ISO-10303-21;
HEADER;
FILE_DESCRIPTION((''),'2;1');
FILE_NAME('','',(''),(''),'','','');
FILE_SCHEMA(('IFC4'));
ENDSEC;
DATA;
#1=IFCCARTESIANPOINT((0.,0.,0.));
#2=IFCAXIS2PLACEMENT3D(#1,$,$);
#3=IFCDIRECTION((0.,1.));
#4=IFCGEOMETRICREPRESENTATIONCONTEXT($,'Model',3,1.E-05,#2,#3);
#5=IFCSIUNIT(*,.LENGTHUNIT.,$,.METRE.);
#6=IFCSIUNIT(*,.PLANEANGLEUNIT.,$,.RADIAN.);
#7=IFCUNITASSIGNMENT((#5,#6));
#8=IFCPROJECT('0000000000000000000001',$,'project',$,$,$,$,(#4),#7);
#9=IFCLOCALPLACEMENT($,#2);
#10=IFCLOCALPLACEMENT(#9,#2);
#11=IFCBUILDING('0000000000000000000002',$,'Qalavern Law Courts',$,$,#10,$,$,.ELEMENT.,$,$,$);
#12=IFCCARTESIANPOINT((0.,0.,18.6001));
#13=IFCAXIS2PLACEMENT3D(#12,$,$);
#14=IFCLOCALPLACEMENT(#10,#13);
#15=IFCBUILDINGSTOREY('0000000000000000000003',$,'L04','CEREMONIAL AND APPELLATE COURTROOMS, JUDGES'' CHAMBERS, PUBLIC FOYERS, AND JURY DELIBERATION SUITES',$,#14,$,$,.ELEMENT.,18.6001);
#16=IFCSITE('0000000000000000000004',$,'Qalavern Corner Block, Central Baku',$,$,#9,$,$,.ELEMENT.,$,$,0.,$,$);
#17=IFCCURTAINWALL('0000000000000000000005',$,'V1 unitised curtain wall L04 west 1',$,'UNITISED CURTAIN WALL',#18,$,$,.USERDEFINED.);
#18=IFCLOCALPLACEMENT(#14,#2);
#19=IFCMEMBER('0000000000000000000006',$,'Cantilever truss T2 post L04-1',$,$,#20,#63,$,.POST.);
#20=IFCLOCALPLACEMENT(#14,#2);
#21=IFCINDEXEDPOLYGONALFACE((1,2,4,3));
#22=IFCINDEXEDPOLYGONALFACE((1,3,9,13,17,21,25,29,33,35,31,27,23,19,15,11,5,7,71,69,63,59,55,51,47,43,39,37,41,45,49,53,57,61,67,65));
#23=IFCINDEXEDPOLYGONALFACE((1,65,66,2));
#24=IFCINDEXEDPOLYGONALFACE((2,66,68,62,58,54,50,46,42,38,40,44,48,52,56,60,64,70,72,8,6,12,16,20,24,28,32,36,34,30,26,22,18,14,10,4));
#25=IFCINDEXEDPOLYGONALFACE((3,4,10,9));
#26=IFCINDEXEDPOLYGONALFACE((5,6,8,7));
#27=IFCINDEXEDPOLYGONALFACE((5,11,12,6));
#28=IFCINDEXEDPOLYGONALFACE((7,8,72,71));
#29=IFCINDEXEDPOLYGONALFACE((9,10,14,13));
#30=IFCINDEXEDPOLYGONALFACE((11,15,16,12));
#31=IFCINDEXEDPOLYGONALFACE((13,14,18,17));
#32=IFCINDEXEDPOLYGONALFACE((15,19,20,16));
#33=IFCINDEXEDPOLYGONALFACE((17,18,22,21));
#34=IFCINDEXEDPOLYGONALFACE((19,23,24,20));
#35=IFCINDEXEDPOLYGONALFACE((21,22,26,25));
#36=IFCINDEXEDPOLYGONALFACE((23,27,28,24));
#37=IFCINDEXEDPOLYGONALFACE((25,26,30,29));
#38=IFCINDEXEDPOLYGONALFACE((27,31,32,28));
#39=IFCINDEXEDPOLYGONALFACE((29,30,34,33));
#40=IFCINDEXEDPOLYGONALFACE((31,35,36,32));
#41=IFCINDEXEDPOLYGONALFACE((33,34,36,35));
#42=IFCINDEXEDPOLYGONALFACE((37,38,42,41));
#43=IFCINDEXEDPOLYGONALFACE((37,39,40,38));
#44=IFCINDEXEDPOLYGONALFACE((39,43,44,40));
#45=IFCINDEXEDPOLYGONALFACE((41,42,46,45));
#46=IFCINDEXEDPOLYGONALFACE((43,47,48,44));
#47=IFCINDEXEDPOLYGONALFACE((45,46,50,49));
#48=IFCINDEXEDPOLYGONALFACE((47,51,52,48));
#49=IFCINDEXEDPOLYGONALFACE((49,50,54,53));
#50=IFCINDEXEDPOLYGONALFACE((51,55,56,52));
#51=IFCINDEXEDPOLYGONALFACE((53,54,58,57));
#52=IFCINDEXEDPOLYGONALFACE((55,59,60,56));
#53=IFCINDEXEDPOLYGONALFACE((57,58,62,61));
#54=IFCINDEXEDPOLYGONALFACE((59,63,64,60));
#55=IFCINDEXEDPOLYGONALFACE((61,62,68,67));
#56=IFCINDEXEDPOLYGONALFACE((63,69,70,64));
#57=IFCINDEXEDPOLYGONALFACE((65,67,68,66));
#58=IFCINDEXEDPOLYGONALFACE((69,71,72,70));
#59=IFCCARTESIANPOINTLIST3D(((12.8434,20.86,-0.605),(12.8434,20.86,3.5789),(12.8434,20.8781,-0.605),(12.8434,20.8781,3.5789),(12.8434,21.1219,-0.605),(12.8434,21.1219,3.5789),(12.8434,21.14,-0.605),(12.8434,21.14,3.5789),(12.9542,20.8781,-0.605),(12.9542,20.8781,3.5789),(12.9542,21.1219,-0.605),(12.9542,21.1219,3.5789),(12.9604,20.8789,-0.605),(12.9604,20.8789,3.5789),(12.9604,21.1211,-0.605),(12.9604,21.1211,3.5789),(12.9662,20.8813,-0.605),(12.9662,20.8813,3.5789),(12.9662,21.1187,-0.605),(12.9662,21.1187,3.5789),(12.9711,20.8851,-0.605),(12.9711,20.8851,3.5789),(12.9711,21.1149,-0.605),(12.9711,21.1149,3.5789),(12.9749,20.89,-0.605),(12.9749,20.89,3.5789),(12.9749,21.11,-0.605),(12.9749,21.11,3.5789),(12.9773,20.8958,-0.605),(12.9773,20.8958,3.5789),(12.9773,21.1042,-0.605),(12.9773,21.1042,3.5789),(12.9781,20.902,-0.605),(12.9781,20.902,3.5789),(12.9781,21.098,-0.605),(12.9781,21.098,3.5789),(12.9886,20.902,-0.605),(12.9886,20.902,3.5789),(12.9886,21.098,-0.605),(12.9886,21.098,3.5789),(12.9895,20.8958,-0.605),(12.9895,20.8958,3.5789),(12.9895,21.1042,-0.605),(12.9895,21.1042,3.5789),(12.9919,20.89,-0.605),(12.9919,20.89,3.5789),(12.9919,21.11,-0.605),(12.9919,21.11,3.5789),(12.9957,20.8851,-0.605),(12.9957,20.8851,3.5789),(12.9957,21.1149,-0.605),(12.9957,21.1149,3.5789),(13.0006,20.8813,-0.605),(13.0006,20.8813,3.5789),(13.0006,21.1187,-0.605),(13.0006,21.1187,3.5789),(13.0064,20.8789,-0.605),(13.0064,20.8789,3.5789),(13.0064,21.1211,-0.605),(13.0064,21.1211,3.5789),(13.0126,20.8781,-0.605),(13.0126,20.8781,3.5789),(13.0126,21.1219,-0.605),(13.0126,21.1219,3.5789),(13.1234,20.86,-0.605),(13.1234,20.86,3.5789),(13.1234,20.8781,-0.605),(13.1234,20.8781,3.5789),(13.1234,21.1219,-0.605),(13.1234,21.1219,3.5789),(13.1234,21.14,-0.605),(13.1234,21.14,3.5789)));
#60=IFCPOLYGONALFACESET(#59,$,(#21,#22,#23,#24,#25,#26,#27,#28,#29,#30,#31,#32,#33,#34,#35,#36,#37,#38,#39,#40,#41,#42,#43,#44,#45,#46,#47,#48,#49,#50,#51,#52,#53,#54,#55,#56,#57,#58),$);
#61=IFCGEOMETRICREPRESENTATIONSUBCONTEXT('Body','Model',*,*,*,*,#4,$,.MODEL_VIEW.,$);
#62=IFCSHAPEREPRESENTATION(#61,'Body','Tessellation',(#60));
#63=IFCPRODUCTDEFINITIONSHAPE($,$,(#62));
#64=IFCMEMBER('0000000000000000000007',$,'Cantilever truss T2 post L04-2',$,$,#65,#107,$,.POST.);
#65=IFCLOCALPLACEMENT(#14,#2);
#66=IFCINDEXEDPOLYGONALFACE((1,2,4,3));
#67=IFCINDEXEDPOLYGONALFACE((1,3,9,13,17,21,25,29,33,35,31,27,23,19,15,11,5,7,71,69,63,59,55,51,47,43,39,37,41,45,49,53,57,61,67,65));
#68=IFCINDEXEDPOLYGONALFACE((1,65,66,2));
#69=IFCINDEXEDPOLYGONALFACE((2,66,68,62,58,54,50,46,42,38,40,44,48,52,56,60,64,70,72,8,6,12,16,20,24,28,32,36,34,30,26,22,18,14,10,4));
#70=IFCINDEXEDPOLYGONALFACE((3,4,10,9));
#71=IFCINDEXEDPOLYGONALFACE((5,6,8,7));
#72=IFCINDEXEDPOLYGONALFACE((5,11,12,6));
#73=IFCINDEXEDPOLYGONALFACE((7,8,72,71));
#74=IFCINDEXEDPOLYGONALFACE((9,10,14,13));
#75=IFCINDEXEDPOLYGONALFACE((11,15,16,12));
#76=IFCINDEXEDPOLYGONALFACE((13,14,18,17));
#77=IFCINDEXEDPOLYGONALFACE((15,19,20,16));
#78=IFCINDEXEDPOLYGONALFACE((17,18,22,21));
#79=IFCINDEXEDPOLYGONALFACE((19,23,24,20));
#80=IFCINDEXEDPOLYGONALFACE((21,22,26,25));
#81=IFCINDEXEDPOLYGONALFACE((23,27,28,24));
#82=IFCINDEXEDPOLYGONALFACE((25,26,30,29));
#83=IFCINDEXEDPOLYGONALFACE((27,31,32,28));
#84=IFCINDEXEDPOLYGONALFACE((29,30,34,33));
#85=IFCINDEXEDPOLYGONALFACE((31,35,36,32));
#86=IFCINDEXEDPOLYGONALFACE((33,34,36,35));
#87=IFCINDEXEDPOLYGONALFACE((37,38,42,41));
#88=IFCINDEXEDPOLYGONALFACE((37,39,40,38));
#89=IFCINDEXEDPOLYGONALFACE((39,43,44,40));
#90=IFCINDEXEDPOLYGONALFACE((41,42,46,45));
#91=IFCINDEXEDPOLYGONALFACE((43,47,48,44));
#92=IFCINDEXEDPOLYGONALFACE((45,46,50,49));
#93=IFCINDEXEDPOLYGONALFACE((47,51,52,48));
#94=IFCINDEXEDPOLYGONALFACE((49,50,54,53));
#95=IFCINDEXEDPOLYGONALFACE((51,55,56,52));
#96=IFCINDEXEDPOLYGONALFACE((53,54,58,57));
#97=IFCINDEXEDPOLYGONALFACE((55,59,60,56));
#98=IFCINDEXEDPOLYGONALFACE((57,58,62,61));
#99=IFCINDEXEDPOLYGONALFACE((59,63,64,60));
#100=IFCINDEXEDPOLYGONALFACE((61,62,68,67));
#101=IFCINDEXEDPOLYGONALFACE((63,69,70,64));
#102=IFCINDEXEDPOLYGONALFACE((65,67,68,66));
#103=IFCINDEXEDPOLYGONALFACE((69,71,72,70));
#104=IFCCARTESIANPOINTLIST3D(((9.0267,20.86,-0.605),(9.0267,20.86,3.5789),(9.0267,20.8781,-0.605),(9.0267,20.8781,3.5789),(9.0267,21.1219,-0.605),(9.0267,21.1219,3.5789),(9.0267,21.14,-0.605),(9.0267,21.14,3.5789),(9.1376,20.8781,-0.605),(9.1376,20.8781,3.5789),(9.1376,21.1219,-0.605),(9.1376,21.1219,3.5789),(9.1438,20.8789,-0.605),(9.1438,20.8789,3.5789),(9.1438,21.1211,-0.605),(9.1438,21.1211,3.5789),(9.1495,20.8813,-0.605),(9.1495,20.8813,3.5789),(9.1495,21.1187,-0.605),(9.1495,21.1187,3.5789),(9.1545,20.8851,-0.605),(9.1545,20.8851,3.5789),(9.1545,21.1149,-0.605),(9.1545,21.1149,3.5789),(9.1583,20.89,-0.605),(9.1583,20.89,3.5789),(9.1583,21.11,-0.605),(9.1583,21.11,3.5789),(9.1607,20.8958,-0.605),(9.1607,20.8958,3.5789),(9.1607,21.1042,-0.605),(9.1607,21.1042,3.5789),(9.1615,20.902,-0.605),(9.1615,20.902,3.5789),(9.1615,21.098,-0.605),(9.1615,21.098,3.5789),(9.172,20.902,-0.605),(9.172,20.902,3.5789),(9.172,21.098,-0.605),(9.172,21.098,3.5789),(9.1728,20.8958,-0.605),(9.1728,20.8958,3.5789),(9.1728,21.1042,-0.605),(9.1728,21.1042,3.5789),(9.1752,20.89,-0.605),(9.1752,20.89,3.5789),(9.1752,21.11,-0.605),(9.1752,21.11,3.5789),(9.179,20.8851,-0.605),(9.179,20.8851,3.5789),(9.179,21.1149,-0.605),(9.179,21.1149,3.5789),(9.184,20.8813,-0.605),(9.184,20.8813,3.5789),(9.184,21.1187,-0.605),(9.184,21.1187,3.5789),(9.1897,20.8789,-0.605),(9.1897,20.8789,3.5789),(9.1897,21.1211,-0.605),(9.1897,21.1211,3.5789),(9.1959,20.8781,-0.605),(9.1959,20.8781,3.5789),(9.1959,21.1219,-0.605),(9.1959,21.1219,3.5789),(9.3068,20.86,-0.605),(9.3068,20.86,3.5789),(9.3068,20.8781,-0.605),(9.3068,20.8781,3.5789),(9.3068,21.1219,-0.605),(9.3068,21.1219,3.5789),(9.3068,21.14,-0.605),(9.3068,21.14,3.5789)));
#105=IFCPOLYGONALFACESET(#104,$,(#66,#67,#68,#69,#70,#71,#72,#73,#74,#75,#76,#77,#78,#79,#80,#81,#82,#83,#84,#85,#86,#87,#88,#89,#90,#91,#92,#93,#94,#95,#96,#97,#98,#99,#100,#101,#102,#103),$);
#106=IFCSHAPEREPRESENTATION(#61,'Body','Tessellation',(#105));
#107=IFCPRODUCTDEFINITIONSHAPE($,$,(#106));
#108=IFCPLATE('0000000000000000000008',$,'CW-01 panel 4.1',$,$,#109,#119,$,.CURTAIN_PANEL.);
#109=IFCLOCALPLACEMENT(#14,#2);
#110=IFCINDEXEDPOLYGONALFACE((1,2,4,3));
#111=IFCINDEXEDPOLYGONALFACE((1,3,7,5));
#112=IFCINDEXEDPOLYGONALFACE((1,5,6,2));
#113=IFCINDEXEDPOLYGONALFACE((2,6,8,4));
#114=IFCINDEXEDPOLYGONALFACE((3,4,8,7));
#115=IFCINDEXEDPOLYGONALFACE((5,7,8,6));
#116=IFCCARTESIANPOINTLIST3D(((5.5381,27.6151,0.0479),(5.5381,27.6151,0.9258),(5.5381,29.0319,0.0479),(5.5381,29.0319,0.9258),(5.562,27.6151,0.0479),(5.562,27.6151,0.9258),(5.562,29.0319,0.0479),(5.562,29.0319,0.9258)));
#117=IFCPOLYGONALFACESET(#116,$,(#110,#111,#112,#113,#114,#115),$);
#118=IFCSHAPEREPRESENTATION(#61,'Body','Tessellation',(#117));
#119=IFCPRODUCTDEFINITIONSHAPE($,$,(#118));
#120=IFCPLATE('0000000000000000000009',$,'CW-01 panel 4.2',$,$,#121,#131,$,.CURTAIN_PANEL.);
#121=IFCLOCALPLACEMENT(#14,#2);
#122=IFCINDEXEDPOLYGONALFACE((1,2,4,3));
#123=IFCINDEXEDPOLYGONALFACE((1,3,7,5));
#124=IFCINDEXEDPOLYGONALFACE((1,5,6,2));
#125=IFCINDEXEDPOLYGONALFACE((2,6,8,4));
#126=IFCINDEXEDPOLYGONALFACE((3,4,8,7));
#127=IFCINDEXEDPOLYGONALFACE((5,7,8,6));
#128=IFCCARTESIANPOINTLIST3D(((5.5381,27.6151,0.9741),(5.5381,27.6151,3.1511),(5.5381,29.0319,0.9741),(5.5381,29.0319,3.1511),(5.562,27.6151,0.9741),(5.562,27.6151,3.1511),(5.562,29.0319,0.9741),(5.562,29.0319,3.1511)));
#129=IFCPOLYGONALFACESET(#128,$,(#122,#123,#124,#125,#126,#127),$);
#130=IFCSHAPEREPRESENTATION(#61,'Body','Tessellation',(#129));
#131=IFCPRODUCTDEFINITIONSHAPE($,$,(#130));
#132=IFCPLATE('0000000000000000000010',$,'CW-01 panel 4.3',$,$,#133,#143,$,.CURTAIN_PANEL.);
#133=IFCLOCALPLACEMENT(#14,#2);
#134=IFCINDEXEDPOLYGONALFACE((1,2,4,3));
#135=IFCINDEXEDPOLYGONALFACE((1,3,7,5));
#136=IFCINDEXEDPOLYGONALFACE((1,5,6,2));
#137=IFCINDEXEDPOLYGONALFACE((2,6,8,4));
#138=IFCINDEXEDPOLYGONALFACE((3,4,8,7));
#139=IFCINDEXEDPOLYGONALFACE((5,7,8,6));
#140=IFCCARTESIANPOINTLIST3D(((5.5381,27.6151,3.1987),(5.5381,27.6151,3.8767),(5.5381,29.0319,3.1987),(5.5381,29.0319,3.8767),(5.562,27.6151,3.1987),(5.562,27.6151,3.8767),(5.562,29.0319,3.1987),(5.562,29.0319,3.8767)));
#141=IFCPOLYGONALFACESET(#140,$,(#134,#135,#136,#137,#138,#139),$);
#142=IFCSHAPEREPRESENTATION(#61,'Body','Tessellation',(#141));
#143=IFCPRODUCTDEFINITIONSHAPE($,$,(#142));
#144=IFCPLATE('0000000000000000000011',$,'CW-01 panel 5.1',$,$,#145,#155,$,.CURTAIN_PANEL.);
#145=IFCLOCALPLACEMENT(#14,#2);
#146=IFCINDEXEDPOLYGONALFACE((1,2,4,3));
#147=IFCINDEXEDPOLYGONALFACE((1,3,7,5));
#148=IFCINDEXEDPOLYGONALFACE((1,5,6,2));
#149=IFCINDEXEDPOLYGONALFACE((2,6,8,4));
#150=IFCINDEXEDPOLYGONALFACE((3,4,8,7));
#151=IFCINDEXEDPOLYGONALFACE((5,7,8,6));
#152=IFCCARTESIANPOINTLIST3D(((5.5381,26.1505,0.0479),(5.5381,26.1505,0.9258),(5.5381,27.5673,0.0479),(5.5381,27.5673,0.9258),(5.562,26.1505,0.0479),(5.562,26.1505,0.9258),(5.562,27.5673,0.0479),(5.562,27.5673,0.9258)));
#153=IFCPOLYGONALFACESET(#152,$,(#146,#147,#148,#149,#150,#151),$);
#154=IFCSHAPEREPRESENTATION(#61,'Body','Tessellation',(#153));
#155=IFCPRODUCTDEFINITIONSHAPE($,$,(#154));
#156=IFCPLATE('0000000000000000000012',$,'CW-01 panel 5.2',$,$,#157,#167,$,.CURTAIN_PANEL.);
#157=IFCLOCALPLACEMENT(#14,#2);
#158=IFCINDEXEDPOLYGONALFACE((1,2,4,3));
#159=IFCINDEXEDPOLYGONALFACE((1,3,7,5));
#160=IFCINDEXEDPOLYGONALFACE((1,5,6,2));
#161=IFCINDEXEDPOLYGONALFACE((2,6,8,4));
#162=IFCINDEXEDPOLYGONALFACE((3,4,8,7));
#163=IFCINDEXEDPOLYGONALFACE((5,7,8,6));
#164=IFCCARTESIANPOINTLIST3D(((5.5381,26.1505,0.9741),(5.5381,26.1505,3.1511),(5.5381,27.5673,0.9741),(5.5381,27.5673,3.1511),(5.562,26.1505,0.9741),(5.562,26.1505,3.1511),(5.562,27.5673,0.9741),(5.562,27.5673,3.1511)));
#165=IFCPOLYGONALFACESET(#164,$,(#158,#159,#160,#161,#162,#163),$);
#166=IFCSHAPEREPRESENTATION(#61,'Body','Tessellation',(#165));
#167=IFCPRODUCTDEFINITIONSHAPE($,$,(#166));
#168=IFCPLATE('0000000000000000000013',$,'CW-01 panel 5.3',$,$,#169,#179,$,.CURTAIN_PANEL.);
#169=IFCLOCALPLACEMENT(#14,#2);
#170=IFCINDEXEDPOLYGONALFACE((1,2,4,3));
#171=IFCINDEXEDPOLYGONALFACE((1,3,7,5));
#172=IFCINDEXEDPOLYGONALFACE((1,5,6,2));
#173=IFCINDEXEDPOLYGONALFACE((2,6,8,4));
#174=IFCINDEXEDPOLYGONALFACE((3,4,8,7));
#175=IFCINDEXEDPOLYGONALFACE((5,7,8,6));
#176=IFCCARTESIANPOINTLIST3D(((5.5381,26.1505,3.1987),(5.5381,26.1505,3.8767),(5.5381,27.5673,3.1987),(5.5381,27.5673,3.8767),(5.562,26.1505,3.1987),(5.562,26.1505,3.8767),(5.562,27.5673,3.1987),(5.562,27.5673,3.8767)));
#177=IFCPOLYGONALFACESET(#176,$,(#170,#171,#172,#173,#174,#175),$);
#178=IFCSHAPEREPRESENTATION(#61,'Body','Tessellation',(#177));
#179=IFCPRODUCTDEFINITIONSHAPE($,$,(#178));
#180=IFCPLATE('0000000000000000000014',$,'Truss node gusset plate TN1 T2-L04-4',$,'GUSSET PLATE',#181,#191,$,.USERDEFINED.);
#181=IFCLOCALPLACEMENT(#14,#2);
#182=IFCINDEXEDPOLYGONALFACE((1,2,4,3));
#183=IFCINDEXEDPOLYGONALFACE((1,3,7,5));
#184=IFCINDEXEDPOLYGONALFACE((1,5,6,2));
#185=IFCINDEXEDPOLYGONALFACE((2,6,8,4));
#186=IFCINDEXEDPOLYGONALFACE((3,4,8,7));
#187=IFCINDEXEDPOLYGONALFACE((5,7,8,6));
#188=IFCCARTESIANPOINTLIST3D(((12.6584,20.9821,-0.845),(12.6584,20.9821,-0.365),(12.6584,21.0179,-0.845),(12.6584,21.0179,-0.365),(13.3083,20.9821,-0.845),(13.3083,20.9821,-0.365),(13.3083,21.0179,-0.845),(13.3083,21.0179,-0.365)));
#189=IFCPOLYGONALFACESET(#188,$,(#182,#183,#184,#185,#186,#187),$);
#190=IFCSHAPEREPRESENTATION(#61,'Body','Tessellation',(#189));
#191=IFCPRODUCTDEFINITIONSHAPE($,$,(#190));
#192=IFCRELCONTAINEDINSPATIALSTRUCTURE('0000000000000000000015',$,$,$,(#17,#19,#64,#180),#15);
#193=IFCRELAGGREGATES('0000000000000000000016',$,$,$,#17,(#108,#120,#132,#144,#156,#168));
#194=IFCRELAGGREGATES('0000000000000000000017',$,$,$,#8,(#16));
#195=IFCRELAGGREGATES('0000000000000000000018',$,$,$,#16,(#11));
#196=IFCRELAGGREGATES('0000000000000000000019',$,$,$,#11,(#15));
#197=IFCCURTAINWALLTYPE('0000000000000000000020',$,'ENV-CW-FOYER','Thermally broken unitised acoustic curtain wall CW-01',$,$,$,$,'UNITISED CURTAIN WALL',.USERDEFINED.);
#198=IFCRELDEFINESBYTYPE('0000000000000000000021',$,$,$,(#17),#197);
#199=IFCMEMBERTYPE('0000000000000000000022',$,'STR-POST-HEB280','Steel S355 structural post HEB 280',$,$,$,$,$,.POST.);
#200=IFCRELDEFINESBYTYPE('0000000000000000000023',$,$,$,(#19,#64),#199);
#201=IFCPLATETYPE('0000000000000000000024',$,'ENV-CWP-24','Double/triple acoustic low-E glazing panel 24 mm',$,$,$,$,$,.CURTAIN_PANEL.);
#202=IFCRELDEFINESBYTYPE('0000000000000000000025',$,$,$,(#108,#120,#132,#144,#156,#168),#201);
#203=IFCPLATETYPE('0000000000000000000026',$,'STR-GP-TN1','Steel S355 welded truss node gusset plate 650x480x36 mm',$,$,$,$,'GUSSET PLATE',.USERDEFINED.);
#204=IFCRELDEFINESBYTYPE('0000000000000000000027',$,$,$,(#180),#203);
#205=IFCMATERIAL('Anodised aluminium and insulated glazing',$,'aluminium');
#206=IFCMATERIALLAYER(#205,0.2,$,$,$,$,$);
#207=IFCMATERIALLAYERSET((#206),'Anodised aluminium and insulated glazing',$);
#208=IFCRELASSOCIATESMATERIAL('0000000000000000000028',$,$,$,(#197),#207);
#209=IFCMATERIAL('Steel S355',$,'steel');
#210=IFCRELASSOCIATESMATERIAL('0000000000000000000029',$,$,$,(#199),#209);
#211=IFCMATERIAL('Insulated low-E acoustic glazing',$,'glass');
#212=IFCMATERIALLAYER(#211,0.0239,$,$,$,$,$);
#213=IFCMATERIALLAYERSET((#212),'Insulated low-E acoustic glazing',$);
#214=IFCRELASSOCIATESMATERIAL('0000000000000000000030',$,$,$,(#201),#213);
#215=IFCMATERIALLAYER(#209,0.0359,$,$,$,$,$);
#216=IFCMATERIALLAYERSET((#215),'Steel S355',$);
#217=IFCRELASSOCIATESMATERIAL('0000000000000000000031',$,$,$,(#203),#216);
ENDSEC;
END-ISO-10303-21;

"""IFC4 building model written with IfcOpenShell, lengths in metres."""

from ifc_helpers import new_model, si_unit, direction, frame, origin, origin_2d, place, context, subcontext, project, spatial, rectangle, i_section, extrude, material, layer, layer_set, material_profile, profile_set, type_object, element, aggregate, save


model = new_model("IFC4")

# Units and contexts
model_context = context("Model", 3, precision=1e-05, world=origin(), true_north=direction((0.0, 1.0)))
body_context = subcontext(model_context, "Body", "Model", "MODEL_VIEW")
ifc_project = project(units=[si_unit("LENGTHUNIT", "METRE"), si_unit("PLANEANGLEUNIT", "RADIAN")], contexts=[model_context])

# Site, building, storey
site_placement = place(None, origin())
site = spatial("IfcSite", under=ifc_project, at=site_placement, Name="Qalavern Corner Block, Central Baku", CompositionType="ELEMENT", RefElevation=0.0)
building_placement = place(site_placement, origin())
building = spatial("IfcBuilding", under=site, at=building_placement, Name="Qalavern Law Courts", CompositionType="ELEMENT")
storey_placement = place(building_placement, frame((0.0, 0.0, 18.6001)))
storey = spatial("IfcBuildingStorey", under=building, at=storey_placement, Name="L04", Description="CEREMONIAL AND APPELLATE COURTROOMS, JUDGES' CHAMBERS, PUBLIC FOYERS, AND JURY DELIBERATION SUITES", CompositionType="ELEMENT", Elevation=18.6001)

# Curtain wall
ifc_material_1 = material(Name="Anodised aluminium and insulated glazing", Category="aluminium")
ifc_layer_1 = layer(ifc_material_1, 0.2)
ifc_layer_set_1 = layer_set([ifc_layer_1], Name="Anodised aluminium and insulated glazing")
curtain_wall_type = type_object("IfcCurtainWallType", Name="ENV-CW-FOYER", Description="Thermally broken unitised acoustic curtain wall CW-01", ElementType="UNITISED CURTAIN WALL", PredefinedType="USERDEFINED", material=ifc_layer_set_1)
curtain_wall_placement = place(storey_placement, origin())
curtain_wall = element("IfcCurtainWall", 1, at=curtain_wall_placement, inside=storey, type_object=curtain_wall_type, Name="V1 unitised curtain wall L04 west 1", ObjectType="UNITISED CURTAIN WALL", PredefinedType="USERDEFINED")

# Shared definitions
ifc_material_2 = material(Name="Steel S355", Category="steel")

# Members
ifc_material_profile_1 = material_profile(ifc_material_2, i_section(OverallWidth=0.28, OverallDepth=0.28, WebThickness=0.0105, FlangeThickness=0.0181, FilletRadius=0.0239, at=origin_2d()), Name="HEB 280")
ifc_profile_set_1 = profile_set([ifc_material_profile_1], Name="Steel S355")
member_type_1 = type_object("IfcMemberType", Name="STR-POST-HEB280", Description="Steel S355 structural post HEB 280", PredefinedType="POST", material=ifc_profile_set_1)
for number, where, z_axis, x_axis, name in (
    (2, (12.9834, 21.0, -0.605), (0.0, 0.0, 1.0), (1.0, 0.0, 0.0), "Cantilever truss T2 post L04-1"),
    (3, (9.1667, 21.0, -0.605), (0.0, 0.0, 1.0), (1.0, 0.0, 0.0), "Cantilever truss T2 post L04-2"),
):
    element("IfcMember", number, at=place(storey_placement, frame(where, z_axis=z_axis, x_axis=x_axis)), inside=storey, type_object=member_type_1, Name=name, PredefinedType="POST", context=body_context, shape_type="SweptSolid", body=[
        extrude(i_section(OverallWidth=0.28, OverallDepth=0.28, WebThickness=0.0105, FlangeThickness=0.0181, FilletRadius=0.0239, at=origin_2d()), origin(), (0.0, 0.0, 1.0), 4.1838),
    ])

# Plates
ifc_material_3 = material(Name="Insulated low-E acoustic glazing", Category="glass")
ifc_layer_2 = layer(ifc_material_3, 0.0239)
ifc_layer_set_2 = layer_set([ifc_layer_2], Name="Insulated low-E acoustic glazing")
plate_type_1 = type_object("IfcPlateType", Name="ENV-CWP-24", Description="Double/triple acoustic low-E glazing panel 24 mm", PredefinedType="CURTAIN_PANEL", material=ifc_layer_set_2)
plate_1_placement = place(storey_placement, frame((5.55, 28.3235, 0.0479), z_axis=(0.0, 0.0, 1.0), x_axis=(0.0, -1.0, 0.0)))
plate_1 = element("IfcPlate", 4, at=plate_1_placement, type_object=plate_type_1, Name="CW-01 panel 4.1", PredefinedType="CURTAIN_PANEL", context=body_context, shape_type="SweptSolid", body=[
    extrude(rectangle(XDim=1.4167, YDim=0.0239, at=origin_2d()), origin(), (0.0, 0.0, 1.0), 0.8779),
])
plate_2_placement = place(storey_placement, frame((5.55, 28.3235, 0.9741), z_axis=(0.0, 0.0, 1.0), x_axis=(0.0, -1.0, 0.0)))
plate_2 = element("IfcPlate", 5, at=plate_2_placement, type_object=plate_type_1, Name="CW-01 panel 4.2", PredefinedType="CURTAIN_PANEL", context=body_context, shape_type="SweptSolid", body=[
    extrude(rectangle(XDim=1.4167, YDim=0.0239, at=origin_2d()), origin(), (0.0, 0.0, 1.0), 2.177),
])
plate_3_placement = place(storey_placement, frame((5.55, 28.3235, 3.1987), z_axis=(0.0, 0.0, 1.0), x_axis=(0.0, -1.0, 0.0)))
plate_3 = element("IfcPlate", 6, at=plate_3_placement, type_object=plate_type_1, Name="CW-01 panel 4.3", PredefinedType="CURTAIN_PANEL", context=body_context, shape_type="SweptSolid", body=[
    extrude(rectangle(XDim=1.4167, YDim=0.0239, at=origin_2d()), origin(), (0.0, 0.0, 1.0), 0.678),
])
plate_4_placement = place(storey_placement, frame((5.55, 26.8589, 0.0479), z_axis=(0.0, 0.0, 1.0), x_axis=(0.0, -1.0, 0.0)))
plate_4 = element("IfcPlate", 7, at=plate_4_placement, type_object=plate_type_1, Name="CW-01 panel 5.1", PredefinedType="CURTAIN_PANEL", context=body_context, shape_type="SweptSolid", body=[
    extrude(rectangle(XDim=1.4167, YDim=0.0239, at=origin_2d()), origin(), (0.0, 0.0, 1.0), 0.8779),
])
plate_5_placement = place(storey_placement, frame((5.55, 26.8589, 0.9741), z_axis=(0.0, 0.0, 1.0), x_axis=(0.0, -1.0, 0.0)))
plate_5 = element("IfcPlate", 8, at=plate_5_placement, type_object=plate_type_1, Name="CW-01 panel 5.2", PredefinedType="CURTAIN_PANEL", context=body_context, shape_type="SweptSolid", body=[
    extrude(rectangle(XDim=1.4167, YDim=0.0239, at=origin_2d()), origin(), (0.0, 0.0, 1.0), 2.177),
])
plate_6_placement = place(storey_placement, frame((5.55, 26.8589, 3.1987), z_axis=(0.0, 0.0, 1.0), x_axis=(0.0, -1.0, 0.0)))
plate_6 = element("IfcPlate", 9, at=plate_6_placement, type_object=plate_type_1, Name="CW-01 panel 5.3", PredefinedType="CURTAIN_PANEL", context=body_context, shape_type="SweptSolid", body=[
    extrude(rectangle(XDim=1.4167, YDim=0.0239, at=origin_2d()), origin(), (0.0, 0.0, 1.0), 0.678),
])
aggregate(curtain_wall, [plate_1, plate_2, plate_3, plate_4, plate_5, plate_6])

# Plate
ifc_layer_3 = layer(ifc_material_2, 0.0359)
ifc_layer_set_3 = layer_set([ifc_layer_3], Name="Steel S355")
plate_type_2 = type_object("IfcPlateType", Name="STR-GP-TN1", Description="Steel S355 welded truss node gusset plate 650x480x36 mm", ElementType="GUSSET PLATE", PredefinedType="USERDEFINED", material=ifc_layer_set_3)
plate_7_placement = place(storey_placement, frame((12.9834, 21.0, -0.845), z_axis=(0.0, 0.0, 1.0), x_axis=(1.0, 0.0, 0.0)))
element("IfcPlate", 10, at=plate_7_placement, inside=storey, type_object=plate_type_2, Name="Truss node gusset plate TN1 T2-L04-4", ObjectType="GUSSET PLATE", PredefinedType="USERDEFINED", context=body_context, shape_type="SweptSolid", body=[
    extrude(rectangle(XDim=0.6499, YDim=0.0359, at=origin_2d()), origin(), (0.0, 0.0, 1.0), 0.48),
])

save(model, "model.ifc")
